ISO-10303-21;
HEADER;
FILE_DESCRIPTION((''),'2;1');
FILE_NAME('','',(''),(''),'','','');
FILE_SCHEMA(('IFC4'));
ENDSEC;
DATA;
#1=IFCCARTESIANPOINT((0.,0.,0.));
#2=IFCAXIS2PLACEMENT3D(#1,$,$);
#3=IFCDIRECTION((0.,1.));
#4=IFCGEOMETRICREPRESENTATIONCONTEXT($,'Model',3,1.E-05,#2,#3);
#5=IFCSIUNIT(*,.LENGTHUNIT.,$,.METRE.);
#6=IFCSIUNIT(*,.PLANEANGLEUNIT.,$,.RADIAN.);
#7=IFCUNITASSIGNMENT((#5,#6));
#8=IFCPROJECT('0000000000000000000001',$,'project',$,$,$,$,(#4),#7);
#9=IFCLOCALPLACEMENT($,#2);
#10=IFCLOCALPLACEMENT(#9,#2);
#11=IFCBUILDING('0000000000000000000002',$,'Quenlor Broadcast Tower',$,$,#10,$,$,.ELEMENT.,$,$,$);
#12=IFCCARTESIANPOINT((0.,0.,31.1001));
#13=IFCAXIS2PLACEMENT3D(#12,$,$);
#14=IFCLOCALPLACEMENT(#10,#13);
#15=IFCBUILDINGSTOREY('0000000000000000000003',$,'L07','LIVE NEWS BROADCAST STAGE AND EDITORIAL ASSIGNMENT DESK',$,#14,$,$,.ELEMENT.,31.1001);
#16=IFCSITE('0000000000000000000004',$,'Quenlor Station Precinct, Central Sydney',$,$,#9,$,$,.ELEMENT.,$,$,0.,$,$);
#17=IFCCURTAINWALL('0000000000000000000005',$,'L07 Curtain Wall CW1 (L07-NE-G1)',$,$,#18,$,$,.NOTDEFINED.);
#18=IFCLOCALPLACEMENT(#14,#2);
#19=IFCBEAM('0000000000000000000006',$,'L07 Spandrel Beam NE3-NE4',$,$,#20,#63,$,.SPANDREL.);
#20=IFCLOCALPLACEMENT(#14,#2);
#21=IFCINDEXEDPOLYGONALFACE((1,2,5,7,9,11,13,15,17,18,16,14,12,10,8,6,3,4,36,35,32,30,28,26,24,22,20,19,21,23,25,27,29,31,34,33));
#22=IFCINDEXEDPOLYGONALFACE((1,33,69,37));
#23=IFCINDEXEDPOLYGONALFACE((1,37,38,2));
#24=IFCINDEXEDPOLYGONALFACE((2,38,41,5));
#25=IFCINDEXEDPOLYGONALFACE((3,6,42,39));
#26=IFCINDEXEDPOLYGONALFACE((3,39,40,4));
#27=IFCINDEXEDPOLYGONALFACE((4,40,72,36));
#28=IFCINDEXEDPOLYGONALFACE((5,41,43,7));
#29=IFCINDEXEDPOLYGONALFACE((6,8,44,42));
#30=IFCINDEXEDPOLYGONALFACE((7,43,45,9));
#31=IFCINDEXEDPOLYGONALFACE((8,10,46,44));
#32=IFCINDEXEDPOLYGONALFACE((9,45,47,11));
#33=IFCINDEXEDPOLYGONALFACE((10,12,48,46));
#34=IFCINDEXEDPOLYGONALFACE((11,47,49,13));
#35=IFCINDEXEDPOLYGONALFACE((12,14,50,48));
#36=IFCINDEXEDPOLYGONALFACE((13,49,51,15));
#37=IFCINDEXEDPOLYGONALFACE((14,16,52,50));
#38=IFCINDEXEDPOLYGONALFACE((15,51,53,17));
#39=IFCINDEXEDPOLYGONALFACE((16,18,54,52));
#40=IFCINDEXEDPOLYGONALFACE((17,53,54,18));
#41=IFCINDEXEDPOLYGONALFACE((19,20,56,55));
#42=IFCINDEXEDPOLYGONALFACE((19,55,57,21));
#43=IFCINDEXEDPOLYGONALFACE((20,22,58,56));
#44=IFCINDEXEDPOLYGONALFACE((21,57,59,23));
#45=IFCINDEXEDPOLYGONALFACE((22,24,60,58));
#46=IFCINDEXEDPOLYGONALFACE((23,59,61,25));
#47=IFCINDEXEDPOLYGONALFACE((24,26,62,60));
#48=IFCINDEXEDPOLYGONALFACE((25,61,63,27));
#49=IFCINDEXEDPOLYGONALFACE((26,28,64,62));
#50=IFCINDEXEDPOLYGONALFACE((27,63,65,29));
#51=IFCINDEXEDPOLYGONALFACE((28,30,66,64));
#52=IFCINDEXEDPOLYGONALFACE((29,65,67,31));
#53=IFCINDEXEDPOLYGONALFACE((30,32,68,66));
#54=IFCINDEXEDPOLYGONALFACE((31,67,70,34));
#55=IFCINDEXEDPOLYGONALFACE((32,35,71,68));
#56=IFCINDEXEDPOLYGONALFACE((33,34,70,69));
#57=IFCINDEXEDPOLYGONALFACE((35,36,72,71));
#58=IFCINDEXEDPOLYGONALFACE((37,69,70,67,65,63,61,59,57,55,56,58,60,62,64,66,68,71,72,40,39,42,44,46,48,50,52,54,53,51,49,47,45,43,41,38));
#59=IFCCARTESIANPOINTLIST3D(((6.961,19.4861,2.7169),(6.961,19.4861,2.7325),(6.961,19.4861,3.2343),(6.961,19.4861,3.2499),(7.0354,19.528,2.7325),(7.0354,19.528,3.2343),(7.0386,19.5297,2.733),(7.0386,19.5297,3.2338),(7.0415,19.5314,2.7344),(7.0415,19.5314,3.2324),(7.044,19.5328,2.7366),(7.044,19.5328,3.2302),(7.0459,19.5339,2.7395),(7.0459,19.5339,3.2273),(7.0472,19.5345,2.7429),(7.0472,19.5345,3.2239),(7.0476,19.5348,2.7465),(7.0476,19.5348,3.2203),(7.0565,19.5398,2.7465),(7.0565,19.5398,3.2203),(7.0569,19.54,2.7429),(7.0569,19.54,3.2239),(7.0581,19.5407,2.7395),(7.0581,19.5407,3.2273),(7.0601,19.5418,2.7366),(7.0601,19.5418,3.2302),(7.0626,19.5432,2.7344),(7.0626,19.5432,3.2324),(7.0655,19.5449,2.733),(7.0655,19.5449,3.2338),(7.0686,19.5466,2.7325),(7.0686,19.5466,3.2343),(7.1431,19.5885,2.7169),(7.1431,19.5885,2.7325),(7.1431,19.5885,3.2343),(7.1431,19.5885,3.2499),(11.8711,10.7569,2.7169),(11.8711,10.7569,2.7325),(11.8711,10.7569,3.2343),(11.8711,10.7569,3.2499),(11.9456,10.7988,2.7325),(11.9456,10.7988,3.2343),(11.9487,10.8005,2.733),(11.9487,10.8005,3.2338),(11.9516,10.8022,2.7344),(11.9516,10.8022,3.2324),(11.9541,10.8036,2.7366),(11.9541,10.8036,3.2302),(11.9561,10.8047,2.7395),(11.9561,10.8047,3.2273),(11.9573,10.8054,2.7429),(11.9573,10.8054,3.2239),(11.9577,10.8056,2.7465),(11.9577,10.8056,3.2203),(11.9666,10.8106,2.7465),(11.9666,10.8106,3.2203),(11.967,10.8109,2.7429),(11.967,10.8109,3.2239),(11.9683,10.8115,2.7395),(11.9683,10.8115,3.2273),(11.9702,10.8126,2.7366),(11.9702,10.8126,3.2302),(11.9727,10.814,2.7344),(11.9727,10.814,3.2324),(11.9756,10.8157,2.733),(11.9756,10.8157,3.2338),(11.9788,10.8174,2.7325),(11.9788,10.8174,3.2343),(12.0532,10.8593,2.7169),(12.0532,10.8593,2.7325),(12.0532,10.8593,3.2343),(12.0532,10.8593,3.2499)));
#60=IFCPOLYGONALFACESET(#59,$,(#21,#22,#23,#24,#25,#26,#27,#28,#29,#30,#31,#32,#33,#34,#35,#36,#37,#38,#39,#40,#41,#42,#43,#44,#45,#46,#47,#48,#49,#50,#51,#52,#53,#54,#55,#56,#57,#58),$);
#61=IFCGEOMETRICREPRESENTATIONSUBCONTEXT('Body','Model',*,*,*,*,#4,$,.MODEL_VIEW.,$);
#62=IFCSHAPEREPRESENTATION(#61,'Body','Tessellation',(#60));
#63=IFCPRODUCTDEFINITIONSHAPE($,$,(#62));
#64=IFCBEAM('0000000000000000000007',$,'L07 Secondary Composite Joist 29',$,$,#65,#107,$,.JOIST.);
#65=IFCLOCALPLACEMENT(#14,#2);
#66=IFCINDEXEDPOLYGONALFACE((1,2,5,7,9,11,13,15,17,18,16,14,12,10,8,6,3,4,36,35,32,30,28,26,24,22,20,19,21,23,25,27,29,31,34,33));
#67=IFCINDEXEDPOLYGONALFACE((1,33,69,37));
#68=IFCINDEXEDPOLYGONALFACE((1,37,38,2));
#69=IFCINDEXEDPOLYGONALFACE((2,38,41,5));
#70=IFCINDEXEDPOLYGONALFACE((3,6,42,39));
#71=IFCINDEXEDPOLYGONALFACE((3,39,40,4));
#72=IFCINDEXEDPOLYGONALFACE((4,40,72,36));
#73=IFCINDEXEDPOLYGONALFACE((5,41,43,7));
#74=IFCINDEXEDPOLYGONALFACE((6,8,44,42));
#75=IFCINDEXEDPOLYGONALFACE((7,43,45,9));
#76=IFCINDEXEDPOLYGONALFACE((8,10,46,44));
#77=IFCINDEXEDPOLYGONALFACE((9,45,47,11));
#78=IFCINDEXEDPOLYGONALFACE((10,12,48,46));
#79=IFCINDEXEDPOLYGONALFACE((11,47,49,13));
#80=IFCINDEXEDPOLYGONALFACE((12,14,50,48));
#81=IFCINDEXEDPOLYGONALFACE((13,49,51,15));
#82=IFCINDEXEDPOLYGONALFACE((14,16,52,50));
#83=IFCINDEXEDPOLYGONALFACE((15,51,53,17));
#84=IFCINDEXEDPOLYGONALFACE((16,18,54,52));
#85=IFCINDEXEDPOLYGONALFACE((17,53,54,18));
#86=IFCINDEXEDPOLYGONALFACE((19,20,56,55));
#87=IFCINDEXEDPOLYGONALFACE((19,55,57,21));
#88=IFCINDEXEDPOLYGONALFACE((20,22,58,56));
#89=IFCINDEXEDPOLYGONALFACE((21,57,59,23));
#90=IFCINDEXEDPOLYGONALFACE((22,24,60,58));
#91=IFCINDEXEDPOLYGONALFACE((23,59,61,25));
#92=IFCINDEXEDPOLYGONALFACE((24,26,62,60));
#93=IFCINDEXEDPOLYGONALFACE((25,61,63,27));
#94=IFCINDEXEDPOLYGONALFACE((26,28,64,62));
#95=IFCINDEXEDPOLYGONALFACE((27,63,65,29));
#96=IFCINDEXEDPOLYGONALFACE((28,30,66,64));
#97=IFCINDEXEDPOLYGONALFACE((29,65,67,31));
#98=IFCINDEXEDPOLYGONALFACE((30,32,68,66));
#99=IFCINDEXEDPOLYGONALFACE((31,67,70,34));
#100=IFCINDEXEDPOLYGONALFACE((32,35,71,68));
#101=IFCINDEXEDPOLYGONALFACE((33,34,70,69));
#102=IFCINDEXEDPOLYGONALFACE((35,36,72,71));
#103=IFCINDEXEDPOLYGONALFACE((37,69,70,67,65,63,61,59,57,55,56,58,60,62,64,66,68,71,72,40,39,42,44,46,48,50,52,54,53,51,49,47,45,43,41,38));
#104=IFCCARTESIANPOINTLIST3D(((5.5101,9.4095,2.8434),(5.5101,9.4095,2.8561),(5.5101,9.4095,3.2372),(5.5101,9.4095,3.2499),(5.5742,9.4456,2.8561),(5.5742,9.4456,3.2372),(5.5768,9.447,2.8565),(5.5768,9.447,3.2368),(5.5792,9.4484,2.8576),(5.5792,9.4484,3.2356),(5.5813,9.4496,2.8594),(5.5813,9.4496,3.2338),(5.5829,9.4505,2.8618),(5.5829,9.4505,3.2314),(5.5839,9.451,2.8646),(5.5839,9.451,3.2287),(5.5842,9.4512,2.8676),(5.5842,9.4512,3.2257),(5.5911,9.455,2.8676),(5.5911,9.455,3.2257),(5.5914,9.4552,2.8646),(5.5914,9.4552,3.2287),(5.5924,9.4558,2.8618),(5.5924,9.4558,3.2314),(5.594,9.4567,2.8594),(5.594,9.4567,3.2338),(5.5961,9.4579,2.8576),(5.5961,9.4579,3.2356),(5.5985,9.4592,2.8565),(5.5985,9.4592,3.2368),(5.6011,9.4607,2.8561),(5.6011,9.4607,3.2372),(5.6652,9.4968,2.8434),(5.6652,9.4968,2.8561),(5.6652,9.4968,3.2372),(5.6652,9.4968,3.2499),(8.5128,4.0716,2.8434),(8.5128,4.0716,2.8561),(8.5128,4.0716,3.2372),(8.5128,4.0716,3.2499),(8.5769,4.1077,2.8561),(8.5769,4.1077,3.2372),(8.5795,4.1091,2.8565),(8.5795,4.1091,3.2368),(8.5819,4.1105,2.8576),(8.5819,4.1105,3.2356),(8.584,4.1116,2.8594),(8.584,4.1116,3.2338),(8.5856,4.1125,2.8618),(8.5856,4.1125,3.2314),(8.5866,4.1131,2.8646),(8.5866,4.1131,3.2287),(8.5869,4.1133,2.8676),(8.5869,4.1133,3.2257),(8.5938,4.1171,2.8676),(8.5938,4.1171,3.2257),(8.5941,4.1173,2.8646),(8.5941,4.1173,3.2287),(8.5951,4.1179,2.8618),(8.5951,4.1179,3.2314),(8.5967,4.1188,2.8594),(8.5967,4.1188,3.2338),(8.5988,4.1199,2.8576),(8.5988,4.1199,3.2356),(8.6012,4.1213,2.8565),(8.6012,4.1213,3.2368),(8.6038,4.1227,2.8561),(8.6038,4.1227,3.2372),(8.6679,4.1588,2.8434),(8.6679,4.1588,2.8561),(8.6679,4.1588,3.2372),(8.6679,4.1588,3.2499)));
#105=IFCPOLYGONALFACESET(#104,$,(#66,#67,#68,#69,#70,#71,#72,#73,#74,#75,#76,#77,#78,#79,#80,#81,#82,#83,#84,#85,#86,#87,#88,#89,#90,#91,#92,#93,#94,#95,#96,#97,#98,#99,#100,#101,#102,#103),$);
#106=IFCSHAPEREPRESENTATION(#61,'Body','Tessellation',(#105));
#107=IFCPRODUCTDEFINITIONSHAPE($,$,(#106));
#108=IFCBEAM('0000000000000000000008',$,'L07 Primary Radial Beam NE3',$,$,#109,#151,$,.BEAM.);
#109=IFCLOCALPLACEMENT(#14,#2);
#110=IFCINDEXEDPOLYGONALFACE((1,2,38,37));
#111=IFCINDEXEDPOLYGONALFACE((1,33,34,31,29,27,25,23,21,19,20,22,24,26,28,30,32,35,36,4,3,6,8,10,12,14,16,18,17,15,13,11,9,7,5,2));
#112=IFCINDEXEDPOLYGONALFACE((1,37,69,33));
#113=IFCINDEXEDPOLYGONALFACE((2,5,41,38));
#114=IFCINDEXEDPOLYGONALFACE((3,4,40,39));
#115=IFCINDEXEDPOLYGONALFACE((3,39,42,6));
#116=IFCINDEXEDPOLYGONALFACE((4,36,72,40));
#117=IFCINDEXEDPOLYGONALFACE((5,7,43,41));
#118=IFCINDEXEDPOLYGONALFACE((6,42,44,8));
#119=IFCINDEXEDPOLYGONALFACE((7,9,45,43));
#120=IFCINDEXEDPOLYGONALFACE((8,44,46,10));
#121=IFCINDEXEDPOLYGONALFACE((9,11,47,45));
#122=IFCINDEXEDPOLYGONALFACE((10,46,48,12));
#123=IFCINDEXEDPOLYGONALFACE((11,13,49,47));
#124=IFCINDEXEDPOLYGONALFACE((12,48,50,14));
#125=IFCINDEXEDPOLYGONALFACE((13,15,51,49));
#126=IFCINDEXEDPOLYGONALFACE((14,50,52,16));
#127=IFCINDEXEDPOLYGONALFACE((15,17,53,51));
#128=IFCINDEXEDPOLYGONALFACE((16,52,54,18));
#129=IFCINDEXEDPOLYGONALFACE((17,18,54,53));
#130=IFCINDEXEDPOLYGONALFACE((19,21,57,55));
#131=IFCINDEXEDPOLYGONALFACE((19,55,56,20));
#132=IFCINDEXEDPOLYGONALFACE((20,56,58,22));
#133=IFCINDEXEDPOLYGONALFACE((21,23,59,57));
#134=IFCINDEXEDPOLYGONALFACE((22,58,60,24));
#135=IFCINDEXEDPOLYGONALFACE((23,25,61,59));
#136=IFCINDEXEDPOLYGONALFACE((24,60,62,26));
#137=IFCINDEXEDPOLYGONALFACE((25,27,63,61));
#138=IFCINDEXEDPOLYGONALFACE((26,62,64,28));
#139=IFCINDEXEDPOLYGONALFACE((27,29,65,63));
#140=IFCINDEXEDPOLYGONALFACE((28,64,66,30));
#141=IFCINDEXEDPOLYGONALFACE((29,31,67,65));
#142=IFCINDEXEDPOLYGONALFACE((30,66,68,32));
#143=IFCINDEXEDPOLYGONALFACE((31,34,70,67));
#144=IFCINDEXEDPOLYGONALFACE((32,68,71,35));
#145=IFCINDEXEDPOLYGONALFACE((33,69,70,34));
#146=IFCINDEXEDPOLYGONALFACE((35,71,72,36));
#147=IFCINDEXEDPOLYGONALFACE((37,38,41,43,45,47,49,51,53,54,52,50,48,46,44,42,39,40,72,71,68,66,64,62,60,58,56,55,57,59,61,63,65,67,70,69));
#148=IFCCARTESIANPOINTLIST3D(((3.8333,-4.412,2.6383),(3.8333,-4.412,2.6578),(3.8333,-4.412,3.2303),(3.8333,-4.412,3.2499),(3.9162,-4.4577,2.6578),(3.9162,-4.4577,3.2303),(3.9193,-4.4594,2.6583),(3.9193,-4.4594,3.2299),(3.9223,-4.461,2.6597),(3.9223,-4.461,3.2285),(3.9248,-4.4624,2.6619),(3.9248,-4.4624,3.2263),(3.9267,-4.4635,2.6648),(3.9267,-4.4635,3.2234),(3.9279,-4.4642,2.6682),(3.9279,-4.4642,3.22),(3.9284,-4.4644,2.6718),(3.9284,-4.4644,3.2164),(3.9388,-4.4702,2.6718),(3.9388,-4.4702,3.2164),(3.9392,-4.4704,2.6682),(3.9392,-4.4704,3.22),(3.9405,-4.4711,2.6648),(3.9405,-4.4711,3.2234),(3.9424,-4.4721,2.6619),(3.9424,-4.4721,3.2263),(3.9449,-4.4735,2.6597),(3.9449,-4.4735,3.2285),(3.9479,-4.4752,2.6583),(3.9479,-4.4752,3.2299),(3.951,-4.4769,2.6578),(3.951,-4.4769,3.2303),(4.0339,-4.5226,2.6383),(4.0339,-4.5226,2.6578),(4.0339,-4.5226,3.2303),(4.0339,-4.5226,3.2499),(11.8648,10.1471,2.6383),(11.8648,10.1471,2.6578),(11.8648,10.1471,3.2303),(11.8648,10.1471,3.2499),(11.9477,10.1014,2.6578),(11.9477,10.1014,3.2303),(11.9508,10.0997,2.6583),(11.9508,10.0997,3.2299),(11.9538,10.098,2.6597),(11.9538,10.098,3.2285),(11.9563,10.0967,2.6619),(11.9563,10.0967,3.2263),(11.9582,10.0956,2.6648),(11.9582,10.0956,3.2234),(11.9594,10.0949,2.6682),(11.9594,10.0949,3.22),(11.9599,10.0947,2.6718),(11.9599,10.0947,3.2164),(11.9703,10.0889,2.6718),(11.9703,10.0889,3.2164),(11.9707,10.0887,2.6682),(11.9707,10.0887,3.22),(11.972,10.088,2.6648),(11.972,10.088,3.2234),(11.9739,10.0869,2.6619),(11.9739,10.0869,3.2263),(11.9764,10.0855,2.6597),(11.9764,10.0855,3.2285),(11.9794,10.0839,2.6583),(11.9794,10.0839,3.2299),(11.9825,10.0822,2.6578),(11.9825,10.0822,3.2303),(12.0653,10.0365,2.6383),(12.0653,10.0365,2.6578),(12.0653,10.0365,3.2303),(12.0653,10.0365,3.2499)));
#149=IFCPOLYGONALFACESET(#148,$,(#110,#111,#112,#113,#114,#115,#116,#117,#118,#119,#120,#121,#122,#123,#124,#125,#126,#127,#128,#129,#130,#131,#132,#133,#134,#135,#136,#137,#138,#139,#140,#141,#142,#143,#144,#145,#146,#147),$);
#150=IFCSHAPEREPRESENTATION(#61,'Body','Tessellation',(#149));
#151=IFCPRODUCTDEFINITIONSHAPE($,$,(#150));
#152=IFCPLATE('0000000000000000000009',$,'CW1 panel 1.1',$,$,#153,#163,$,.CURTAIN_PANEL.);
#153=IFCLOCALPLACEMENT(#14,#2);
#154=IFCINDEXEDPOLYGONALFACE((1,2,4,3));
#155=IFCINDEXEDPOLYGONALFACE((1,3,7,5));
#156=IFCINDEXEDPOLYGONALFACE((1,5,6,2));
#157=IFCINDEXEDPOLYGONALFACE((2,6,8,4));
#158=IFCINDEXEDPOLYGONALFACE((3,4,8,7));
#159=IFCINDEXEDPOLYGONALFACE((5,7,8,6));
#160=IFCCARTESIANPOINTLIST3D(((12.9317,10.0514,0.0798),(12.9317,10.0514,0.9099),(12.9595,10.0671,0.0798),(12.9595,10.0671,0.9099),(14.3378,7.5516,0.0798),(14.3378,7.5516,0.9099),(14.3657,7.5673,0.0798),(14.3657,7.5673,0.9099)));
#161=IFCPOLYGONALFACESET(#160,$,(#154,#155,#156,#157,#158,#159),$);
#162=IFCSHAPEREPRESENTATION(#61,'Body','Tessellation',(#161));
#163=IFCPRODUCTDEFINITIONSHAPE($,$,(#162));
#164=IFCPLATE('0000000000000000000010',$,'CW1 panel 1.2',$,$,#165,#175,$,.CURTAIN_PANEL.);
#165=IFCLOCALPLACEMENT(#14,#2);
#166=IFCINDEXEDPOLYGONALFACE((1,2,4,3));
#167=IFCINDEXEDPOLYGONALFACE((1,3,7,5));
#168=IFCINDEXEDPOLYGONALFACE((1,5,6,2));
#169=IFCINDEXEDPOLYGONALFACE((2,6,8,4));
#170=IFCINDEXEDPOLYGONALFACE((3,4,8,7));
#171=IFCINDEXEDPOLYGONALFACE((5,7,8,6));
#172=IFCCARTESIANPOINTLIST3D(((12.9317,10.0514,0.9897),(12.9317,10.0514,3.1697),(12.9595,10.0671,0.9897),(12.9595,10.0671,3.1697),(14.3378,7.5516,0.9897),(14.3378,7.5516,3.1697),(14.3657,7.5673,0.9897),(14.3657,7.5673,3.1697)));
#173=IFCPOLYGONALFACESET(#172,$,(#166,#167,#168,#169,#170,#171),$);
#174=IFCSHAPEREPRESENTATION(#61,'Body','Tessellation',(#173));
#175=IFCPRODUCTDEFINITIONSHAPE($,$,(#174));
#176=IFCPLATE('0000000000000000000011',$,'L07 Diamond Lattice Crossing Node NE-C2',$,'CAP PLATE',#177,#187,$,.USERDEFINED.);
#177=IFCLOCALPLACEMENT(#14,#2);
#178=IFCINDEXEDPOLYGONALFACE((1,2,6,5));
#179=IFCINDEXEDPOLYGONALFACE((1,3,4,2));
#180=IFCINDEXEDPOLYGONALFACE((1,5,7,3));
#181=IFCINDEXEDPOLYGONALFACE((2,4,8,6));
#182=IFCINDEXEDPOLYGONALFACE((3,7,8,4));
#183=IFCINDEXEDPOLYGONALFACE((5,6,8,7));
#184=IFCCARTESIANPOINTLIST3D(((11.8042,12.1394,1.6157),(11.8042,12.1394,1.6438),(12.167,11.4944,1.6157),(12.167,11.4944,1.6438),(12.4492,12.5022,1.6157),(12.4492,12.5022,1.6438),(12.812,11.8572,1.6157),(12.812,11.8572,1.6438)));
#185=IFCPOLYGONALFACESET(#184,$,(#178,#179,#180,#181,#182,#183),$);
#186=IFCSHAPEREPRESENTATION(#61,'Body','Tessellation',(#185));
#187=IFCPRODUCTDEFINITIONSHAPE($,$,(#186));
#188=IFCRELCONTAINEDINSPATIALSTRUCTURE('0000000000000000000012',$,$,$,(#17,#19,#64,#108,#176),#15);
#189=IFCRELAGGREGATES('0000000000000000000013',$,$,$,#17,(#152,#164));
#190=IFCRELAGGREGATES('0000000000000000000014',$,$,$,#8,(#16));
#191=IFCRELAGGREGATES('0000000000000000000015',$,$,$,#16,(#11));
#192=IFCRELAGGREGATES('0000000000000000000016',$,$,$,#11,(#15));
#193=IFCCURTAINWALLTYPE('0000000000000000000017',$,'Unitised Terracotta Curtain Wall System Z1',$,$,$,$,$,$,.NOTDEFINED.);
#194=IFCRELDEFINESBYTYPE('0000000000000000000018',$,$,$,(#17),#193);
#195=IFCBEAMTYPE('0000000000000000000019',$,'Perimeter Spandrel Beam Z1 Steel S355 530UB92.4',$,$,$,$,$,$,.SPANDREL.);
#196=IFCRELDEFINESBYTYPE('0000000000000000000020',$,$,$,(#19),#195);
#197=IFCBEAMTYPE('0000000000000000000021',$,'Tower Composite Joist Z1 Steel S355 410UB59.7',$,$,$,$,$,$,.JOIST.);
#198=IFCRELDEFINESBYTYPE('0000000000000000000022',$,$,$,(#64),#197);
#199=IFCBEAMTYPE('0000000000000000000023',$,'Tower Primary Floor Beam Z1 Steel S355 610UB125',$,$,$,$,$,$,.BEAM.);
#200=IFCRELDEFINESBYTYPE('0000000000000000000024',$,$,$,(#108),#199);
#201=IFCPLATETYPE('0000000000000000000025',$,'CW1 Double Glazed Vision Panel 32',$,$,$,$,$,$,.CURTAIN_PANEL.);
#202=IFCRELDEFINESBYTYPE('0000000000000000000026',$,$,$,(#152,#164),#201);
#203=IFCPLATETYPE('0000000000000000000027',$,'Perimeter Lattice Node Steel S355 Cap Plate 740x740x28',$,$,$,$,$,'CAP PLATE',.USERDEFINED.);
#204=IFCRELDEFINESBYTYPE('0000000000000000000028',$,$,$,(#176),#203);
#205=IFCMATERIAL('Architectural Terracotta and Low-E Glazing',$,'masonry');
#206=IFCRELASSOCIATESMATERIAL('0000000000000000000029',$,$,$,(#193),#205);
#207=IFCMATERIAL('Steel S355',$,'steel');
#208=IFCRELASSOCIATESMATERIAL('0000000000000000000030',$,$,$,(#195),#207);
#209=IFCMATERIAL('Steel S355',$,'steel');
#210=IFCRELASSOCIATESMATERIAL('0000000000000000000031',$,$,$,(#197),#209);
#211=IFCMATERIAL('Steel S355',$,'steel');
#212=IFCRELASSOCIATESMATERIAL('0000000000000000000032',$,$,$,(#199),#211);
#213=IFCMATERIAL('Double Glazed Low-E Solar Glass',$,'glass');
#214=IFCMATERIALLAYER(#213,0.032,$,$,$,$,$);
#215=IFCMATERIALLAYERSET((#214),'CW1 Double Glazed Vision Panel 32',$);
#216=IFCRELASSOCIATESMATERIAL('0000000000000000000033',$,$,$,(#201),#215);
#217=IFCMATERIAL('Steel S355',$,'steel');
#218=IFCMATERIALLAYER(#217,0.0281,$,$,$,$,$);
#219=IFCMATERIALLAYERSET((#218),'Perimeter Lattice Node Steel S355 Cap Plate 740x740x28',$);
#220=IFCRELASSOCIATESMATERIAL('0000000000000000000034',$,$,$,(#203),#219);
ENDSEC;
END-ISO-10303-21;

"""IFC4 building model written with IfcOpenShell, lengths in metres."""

from ifc_helpers import new_model, si_unit, direction, frame, origin, origin_2d, place, context, subcontext, project, spatial, rectangle, i_section, extrude, material, layer, layer_set, material_profile, profile_set, type_object, element, aggregate, save


model = new_model("IFC4")

# Units and contexts
model_context = context("Model", 3, precision=1e-05, world=origin(), true_north=direction((0.0, 1.0)))
body_context = subcontext(model_context, "Body", "Model", "MODEL_VIEW")
ifc_project = project(units=[si_unit("LENGTHUNIT", "METRE"), si_unit("PLANEANGLEUNIT", "RADIAN")], contexts=[model_context])

# Site, building, storey
site_placement = place(None, origin())
site = spatial("IfcSite", under=ifc_project, at=site_placement, Name="Quenlor Station Precinct, Central Sydney", CompositionType="ELEMENT", RefElevation=0.0)
building_placement = place(site_placement, origin())
building = spatial("IfcBuilding", under=site, at=building_placement, Name="Quenlor Broadcast Tower", CompositionType="ELEMENT")
storey_placement = place(building_placement, frame((0.0, 0.0, 31.1001)))
storey = spatial("IfcBuildingStorey", under=building, at=storey_placement, Name="L07", Description="LIVE NEWS BROADCAST STAGE AND EDITORIAL ASSIGNMENT DESK", CompositionType="ELEMENT", Elevation=31.1001)

# Curtain wall
ifc_material_1 = material(Name="Architectural Terracotta and Low-E Glazing", Category="masonry")
curtain_wall_type = type_object("IfcCurtainWallType", Name="Unitised Terracotta Curtain Wall System Z1", PredefinedType="NOTDEFINED", material=ifc_material_1)
curtain_wall_placement = place(storey_placement, origin())
curtain_wall = element("IfcCurtainWall", 1, at=curtain_wall_placement, inside=storey, type_object=curtain_wall_type, Name="L07 Curtain Wall CW1 (L07-NE-G1)", PredefinedType="NOTDEFINED")

# Beams
ifc_material_2 = material(Name="Steel S355", Category="steel")
ifc_material_profile_1 = material_profile(ifc_material_2, i_section(OverallWidth=0.209, OverallDepth=0.533, WebThickness=0.0103, FlangeThickness=0.0156, FilletRadius=0.0139, at=origin_2d()))
ifc_profile_set_1 = profile_set([ifc_material_profile_1], Name="Steel S355 530UB92.4")
beam_type_1 = type_object("IfcBeamType", Name="Perimeter Spandrel Beam Z1 Steel S355 530UB92.4", PredefinedType="SPANDREL", material=ifc_profile_set_1)
beam_1_placement = place(storey_placement, frame((11.9622, 10.8081, 2.9834), z_axis=(-0.490258, 0.871577, 0.0), x_axis=(-0.871577, -0.490258, 0.0)))
element("IfcBeam", 2, at=beam_1_placement, inside=storey, type_object=beam_type_1, Name="L07 Spandrel Beam NE3-NE4", PredefinedType="SPANDREL", context=body_context, shape_type="SweptSolid", body=[
    extrude(i_section(OverallWidth=0.209, OverallDepth=0.533, WebThickness=0.0103, FlangeThickness=0.0156, FilletRadius=0.0139, at=origin_2d()), origin(), (0.0, 0.0, 1.0), 10.0154),
])
ifc_material_3 = material(Name="Steel S355", Category="steel")
ifc_material_profile_2 = material_profile(ifc_material_3, i_section(OverallWidth=0.178, OverallDepth=0.4065, WebThickness=0.0078, FlangeThickness=0.0127, FilletRadius=0.0115, at=origin_2d()))
ifc_profile_set_2 = profile_set([ifc_material_profile_2], Name="Steel S355 410UB59.7")
beam_type_2 = type_object("IfcBeamType", Name="Tower Composite Joist Z1 Steel S355 410UB59.7", PredefinedType="JOIST", material=ifc_profile_set_2)
beam_2_placement = place(storey_placement, frame((5.5876, 9.4531, 3.0466), z_axis=(0.490276, -0.871567, 0.0), x_axis=(0.871567, 0.490276, 0.0)))
element("IfcBeam", 3, at=beam_2_placement, inside=storey, type_object=beam_type_2, Name="L07 Secondary Composite Joist 29", PredefinedType="JOIST", context=body_context, shape_type="SweptSolid", body=[
    extrude(i_section(OverallWidth=0.178, OverallDepth=0.4065, WebThickness=0.0078, FlangeThickness=0.0127, FilletRadius=0.0115, at=origin_2d()), origin(), (0.0, 0.0, 1.0), 6.1245),
])
ifc_material_4 = material(Name="Steel S355", Category="steel")
ifc_material_profile_3 = material_profile(ifc_material_4, i_section(OverallWidth=0.229, OverallDepth=0.6116, WebThickness=0.012, FlangeThickness=0.0195, FilletRadius=0.0139, at=origin_2d()))
ifc_profile_set_3 = profile_set([ifc_material_profile_3], Name="Steel S355 610UB125")
beam_type_3 = type_object("IfcBeamType", Name="Tower Primary Floor Beam Z1 Steel S355 610UB125", PredefinedType="BEAM", material=ifc_profile_set_3)
beam_3_placement = place(storey_placement, frame((11.9651, 10.0918, 2.9441), z_axis=(-0.483026, -0.875606, 0.0), x_axis=(0.875606, -0.483026, 0.0)))
element("IfcBeam", 4, at=beam_3_placement, inside=storey, type_object=beam_type_3, Name="L07 Primary Radial Beam NE3", PredefinedType="BEAM", context=body_context, shape_type="SweptSolid", body=[
    extrude(i_section(OverallWidth=0.229, OverallDepth=0.6116, WebThickness=0.012, FlangeThickness=0.0195, FilletRadius=0.0139, at=origin_2d()), origin(), (0.0, 0.0, 1.0), 16.6274),
])

# Plates
ifc_material_5 = material(Name="Double Glazed Low-E Solar Glass", Category="glass")
ifc_layer_1 = layer(ifc_material_5, 0.032)
ifc_layer_set_1 = layer_set([ifc_layer_1], Name="CW1 Double Glazed Vision Panel 32")
plate_type_1 = type_object("IfcPlateType", Name="CW1 Double Glazed Vision Panel 32", PredefinedType="CURTAIN_PANEL", material=ifc_layer_set_1)
plate_1_placement = place(storey_placement, frame((13.6487, 8.8093, 0.0798), z_axis=(0.0, 0.0, 1.0), x_axis=(0.490274, -0.871568, 0.0)))
plate_1 = element("IfcPlate", 5, at=plate_1_placement, type_object=plate_type_1, Name="CW1 panel 1.1", PredefinedType="CURTAIN_PANEL", context=body_context, shape_type="SweptSolid", body=[
    extrude(rectangle(XDim=2.8682, YDim=0.032, at=origin_2d()), origin(), (0.0, 0.0, 1.0), 0.8301),
])
plate_2_placement = place(storey_placement, frame((13.6487, 8.8093, 0.9897), z_axis=(0.0, 0.0, 1.0), x_axis=(0.490274, -0.871568, 0.0)))
plate_2 = element("IfcPlate", 6, at=plate_2_placement, type_object=plate_type_1, Name="CW1 panel 1.2", PredefinedType="CURTAIN_PANEL", context=body_context, shape_type="SweptSolid", body=[
    extrude(rectangle(XDim=2.8682, YDim=0.032, at=origin_2d()), origin(), (0.0, 0.0, 1.0), 2.1799),
])
aggregate(curtain_wall, [plate_1, plate_2])

# Plate
ifc_material_6 = material(Name="Steel S355", Category="steel")
ifc_layer_2 = layer(ifc_material_6, 0.0281)
ifc_layer_set_2 = layer_set([ifc_layer_2], Name="Perimeter Lattice Node Steel S355 Cap Plate 740x740x28")
plate_type_2 = type_object("IfcPlateType", Name="Perimeter Lattice Node Steel S355 Cap Plate 740x740x28", ElementType="CAP PLATE", PredefinedType="USERDEFINED", material=ifc_layer_set_2)
for number, where, z_axis, x_axis, name in (
    (7, (12.3081, 11.9983, 1.6157), (0.0, 0.0, 1.0), (0.490295, -0.871556, 0.0), "L07 Diamond Lattice Crossing Node NE-C2"),
):
    element("IfcPlate", number, at=place(storey_placement, frame(where, z_axis=z_axis, x_axis=x_axis)), inside=storey, type_object=plate_type_2, Name=name, ObjectType="CAP PLATE", PredefinedType="USERDEFINED", context=body_context, shape_type="SweptSolid", body=[
        extrude(rectangle(XDim=0.74, YDim=0.74, at=origin_2d()), origin(), (0.0, 0.0, 1.0), 0.0281),
    ])

save(model, "model.ifc")
